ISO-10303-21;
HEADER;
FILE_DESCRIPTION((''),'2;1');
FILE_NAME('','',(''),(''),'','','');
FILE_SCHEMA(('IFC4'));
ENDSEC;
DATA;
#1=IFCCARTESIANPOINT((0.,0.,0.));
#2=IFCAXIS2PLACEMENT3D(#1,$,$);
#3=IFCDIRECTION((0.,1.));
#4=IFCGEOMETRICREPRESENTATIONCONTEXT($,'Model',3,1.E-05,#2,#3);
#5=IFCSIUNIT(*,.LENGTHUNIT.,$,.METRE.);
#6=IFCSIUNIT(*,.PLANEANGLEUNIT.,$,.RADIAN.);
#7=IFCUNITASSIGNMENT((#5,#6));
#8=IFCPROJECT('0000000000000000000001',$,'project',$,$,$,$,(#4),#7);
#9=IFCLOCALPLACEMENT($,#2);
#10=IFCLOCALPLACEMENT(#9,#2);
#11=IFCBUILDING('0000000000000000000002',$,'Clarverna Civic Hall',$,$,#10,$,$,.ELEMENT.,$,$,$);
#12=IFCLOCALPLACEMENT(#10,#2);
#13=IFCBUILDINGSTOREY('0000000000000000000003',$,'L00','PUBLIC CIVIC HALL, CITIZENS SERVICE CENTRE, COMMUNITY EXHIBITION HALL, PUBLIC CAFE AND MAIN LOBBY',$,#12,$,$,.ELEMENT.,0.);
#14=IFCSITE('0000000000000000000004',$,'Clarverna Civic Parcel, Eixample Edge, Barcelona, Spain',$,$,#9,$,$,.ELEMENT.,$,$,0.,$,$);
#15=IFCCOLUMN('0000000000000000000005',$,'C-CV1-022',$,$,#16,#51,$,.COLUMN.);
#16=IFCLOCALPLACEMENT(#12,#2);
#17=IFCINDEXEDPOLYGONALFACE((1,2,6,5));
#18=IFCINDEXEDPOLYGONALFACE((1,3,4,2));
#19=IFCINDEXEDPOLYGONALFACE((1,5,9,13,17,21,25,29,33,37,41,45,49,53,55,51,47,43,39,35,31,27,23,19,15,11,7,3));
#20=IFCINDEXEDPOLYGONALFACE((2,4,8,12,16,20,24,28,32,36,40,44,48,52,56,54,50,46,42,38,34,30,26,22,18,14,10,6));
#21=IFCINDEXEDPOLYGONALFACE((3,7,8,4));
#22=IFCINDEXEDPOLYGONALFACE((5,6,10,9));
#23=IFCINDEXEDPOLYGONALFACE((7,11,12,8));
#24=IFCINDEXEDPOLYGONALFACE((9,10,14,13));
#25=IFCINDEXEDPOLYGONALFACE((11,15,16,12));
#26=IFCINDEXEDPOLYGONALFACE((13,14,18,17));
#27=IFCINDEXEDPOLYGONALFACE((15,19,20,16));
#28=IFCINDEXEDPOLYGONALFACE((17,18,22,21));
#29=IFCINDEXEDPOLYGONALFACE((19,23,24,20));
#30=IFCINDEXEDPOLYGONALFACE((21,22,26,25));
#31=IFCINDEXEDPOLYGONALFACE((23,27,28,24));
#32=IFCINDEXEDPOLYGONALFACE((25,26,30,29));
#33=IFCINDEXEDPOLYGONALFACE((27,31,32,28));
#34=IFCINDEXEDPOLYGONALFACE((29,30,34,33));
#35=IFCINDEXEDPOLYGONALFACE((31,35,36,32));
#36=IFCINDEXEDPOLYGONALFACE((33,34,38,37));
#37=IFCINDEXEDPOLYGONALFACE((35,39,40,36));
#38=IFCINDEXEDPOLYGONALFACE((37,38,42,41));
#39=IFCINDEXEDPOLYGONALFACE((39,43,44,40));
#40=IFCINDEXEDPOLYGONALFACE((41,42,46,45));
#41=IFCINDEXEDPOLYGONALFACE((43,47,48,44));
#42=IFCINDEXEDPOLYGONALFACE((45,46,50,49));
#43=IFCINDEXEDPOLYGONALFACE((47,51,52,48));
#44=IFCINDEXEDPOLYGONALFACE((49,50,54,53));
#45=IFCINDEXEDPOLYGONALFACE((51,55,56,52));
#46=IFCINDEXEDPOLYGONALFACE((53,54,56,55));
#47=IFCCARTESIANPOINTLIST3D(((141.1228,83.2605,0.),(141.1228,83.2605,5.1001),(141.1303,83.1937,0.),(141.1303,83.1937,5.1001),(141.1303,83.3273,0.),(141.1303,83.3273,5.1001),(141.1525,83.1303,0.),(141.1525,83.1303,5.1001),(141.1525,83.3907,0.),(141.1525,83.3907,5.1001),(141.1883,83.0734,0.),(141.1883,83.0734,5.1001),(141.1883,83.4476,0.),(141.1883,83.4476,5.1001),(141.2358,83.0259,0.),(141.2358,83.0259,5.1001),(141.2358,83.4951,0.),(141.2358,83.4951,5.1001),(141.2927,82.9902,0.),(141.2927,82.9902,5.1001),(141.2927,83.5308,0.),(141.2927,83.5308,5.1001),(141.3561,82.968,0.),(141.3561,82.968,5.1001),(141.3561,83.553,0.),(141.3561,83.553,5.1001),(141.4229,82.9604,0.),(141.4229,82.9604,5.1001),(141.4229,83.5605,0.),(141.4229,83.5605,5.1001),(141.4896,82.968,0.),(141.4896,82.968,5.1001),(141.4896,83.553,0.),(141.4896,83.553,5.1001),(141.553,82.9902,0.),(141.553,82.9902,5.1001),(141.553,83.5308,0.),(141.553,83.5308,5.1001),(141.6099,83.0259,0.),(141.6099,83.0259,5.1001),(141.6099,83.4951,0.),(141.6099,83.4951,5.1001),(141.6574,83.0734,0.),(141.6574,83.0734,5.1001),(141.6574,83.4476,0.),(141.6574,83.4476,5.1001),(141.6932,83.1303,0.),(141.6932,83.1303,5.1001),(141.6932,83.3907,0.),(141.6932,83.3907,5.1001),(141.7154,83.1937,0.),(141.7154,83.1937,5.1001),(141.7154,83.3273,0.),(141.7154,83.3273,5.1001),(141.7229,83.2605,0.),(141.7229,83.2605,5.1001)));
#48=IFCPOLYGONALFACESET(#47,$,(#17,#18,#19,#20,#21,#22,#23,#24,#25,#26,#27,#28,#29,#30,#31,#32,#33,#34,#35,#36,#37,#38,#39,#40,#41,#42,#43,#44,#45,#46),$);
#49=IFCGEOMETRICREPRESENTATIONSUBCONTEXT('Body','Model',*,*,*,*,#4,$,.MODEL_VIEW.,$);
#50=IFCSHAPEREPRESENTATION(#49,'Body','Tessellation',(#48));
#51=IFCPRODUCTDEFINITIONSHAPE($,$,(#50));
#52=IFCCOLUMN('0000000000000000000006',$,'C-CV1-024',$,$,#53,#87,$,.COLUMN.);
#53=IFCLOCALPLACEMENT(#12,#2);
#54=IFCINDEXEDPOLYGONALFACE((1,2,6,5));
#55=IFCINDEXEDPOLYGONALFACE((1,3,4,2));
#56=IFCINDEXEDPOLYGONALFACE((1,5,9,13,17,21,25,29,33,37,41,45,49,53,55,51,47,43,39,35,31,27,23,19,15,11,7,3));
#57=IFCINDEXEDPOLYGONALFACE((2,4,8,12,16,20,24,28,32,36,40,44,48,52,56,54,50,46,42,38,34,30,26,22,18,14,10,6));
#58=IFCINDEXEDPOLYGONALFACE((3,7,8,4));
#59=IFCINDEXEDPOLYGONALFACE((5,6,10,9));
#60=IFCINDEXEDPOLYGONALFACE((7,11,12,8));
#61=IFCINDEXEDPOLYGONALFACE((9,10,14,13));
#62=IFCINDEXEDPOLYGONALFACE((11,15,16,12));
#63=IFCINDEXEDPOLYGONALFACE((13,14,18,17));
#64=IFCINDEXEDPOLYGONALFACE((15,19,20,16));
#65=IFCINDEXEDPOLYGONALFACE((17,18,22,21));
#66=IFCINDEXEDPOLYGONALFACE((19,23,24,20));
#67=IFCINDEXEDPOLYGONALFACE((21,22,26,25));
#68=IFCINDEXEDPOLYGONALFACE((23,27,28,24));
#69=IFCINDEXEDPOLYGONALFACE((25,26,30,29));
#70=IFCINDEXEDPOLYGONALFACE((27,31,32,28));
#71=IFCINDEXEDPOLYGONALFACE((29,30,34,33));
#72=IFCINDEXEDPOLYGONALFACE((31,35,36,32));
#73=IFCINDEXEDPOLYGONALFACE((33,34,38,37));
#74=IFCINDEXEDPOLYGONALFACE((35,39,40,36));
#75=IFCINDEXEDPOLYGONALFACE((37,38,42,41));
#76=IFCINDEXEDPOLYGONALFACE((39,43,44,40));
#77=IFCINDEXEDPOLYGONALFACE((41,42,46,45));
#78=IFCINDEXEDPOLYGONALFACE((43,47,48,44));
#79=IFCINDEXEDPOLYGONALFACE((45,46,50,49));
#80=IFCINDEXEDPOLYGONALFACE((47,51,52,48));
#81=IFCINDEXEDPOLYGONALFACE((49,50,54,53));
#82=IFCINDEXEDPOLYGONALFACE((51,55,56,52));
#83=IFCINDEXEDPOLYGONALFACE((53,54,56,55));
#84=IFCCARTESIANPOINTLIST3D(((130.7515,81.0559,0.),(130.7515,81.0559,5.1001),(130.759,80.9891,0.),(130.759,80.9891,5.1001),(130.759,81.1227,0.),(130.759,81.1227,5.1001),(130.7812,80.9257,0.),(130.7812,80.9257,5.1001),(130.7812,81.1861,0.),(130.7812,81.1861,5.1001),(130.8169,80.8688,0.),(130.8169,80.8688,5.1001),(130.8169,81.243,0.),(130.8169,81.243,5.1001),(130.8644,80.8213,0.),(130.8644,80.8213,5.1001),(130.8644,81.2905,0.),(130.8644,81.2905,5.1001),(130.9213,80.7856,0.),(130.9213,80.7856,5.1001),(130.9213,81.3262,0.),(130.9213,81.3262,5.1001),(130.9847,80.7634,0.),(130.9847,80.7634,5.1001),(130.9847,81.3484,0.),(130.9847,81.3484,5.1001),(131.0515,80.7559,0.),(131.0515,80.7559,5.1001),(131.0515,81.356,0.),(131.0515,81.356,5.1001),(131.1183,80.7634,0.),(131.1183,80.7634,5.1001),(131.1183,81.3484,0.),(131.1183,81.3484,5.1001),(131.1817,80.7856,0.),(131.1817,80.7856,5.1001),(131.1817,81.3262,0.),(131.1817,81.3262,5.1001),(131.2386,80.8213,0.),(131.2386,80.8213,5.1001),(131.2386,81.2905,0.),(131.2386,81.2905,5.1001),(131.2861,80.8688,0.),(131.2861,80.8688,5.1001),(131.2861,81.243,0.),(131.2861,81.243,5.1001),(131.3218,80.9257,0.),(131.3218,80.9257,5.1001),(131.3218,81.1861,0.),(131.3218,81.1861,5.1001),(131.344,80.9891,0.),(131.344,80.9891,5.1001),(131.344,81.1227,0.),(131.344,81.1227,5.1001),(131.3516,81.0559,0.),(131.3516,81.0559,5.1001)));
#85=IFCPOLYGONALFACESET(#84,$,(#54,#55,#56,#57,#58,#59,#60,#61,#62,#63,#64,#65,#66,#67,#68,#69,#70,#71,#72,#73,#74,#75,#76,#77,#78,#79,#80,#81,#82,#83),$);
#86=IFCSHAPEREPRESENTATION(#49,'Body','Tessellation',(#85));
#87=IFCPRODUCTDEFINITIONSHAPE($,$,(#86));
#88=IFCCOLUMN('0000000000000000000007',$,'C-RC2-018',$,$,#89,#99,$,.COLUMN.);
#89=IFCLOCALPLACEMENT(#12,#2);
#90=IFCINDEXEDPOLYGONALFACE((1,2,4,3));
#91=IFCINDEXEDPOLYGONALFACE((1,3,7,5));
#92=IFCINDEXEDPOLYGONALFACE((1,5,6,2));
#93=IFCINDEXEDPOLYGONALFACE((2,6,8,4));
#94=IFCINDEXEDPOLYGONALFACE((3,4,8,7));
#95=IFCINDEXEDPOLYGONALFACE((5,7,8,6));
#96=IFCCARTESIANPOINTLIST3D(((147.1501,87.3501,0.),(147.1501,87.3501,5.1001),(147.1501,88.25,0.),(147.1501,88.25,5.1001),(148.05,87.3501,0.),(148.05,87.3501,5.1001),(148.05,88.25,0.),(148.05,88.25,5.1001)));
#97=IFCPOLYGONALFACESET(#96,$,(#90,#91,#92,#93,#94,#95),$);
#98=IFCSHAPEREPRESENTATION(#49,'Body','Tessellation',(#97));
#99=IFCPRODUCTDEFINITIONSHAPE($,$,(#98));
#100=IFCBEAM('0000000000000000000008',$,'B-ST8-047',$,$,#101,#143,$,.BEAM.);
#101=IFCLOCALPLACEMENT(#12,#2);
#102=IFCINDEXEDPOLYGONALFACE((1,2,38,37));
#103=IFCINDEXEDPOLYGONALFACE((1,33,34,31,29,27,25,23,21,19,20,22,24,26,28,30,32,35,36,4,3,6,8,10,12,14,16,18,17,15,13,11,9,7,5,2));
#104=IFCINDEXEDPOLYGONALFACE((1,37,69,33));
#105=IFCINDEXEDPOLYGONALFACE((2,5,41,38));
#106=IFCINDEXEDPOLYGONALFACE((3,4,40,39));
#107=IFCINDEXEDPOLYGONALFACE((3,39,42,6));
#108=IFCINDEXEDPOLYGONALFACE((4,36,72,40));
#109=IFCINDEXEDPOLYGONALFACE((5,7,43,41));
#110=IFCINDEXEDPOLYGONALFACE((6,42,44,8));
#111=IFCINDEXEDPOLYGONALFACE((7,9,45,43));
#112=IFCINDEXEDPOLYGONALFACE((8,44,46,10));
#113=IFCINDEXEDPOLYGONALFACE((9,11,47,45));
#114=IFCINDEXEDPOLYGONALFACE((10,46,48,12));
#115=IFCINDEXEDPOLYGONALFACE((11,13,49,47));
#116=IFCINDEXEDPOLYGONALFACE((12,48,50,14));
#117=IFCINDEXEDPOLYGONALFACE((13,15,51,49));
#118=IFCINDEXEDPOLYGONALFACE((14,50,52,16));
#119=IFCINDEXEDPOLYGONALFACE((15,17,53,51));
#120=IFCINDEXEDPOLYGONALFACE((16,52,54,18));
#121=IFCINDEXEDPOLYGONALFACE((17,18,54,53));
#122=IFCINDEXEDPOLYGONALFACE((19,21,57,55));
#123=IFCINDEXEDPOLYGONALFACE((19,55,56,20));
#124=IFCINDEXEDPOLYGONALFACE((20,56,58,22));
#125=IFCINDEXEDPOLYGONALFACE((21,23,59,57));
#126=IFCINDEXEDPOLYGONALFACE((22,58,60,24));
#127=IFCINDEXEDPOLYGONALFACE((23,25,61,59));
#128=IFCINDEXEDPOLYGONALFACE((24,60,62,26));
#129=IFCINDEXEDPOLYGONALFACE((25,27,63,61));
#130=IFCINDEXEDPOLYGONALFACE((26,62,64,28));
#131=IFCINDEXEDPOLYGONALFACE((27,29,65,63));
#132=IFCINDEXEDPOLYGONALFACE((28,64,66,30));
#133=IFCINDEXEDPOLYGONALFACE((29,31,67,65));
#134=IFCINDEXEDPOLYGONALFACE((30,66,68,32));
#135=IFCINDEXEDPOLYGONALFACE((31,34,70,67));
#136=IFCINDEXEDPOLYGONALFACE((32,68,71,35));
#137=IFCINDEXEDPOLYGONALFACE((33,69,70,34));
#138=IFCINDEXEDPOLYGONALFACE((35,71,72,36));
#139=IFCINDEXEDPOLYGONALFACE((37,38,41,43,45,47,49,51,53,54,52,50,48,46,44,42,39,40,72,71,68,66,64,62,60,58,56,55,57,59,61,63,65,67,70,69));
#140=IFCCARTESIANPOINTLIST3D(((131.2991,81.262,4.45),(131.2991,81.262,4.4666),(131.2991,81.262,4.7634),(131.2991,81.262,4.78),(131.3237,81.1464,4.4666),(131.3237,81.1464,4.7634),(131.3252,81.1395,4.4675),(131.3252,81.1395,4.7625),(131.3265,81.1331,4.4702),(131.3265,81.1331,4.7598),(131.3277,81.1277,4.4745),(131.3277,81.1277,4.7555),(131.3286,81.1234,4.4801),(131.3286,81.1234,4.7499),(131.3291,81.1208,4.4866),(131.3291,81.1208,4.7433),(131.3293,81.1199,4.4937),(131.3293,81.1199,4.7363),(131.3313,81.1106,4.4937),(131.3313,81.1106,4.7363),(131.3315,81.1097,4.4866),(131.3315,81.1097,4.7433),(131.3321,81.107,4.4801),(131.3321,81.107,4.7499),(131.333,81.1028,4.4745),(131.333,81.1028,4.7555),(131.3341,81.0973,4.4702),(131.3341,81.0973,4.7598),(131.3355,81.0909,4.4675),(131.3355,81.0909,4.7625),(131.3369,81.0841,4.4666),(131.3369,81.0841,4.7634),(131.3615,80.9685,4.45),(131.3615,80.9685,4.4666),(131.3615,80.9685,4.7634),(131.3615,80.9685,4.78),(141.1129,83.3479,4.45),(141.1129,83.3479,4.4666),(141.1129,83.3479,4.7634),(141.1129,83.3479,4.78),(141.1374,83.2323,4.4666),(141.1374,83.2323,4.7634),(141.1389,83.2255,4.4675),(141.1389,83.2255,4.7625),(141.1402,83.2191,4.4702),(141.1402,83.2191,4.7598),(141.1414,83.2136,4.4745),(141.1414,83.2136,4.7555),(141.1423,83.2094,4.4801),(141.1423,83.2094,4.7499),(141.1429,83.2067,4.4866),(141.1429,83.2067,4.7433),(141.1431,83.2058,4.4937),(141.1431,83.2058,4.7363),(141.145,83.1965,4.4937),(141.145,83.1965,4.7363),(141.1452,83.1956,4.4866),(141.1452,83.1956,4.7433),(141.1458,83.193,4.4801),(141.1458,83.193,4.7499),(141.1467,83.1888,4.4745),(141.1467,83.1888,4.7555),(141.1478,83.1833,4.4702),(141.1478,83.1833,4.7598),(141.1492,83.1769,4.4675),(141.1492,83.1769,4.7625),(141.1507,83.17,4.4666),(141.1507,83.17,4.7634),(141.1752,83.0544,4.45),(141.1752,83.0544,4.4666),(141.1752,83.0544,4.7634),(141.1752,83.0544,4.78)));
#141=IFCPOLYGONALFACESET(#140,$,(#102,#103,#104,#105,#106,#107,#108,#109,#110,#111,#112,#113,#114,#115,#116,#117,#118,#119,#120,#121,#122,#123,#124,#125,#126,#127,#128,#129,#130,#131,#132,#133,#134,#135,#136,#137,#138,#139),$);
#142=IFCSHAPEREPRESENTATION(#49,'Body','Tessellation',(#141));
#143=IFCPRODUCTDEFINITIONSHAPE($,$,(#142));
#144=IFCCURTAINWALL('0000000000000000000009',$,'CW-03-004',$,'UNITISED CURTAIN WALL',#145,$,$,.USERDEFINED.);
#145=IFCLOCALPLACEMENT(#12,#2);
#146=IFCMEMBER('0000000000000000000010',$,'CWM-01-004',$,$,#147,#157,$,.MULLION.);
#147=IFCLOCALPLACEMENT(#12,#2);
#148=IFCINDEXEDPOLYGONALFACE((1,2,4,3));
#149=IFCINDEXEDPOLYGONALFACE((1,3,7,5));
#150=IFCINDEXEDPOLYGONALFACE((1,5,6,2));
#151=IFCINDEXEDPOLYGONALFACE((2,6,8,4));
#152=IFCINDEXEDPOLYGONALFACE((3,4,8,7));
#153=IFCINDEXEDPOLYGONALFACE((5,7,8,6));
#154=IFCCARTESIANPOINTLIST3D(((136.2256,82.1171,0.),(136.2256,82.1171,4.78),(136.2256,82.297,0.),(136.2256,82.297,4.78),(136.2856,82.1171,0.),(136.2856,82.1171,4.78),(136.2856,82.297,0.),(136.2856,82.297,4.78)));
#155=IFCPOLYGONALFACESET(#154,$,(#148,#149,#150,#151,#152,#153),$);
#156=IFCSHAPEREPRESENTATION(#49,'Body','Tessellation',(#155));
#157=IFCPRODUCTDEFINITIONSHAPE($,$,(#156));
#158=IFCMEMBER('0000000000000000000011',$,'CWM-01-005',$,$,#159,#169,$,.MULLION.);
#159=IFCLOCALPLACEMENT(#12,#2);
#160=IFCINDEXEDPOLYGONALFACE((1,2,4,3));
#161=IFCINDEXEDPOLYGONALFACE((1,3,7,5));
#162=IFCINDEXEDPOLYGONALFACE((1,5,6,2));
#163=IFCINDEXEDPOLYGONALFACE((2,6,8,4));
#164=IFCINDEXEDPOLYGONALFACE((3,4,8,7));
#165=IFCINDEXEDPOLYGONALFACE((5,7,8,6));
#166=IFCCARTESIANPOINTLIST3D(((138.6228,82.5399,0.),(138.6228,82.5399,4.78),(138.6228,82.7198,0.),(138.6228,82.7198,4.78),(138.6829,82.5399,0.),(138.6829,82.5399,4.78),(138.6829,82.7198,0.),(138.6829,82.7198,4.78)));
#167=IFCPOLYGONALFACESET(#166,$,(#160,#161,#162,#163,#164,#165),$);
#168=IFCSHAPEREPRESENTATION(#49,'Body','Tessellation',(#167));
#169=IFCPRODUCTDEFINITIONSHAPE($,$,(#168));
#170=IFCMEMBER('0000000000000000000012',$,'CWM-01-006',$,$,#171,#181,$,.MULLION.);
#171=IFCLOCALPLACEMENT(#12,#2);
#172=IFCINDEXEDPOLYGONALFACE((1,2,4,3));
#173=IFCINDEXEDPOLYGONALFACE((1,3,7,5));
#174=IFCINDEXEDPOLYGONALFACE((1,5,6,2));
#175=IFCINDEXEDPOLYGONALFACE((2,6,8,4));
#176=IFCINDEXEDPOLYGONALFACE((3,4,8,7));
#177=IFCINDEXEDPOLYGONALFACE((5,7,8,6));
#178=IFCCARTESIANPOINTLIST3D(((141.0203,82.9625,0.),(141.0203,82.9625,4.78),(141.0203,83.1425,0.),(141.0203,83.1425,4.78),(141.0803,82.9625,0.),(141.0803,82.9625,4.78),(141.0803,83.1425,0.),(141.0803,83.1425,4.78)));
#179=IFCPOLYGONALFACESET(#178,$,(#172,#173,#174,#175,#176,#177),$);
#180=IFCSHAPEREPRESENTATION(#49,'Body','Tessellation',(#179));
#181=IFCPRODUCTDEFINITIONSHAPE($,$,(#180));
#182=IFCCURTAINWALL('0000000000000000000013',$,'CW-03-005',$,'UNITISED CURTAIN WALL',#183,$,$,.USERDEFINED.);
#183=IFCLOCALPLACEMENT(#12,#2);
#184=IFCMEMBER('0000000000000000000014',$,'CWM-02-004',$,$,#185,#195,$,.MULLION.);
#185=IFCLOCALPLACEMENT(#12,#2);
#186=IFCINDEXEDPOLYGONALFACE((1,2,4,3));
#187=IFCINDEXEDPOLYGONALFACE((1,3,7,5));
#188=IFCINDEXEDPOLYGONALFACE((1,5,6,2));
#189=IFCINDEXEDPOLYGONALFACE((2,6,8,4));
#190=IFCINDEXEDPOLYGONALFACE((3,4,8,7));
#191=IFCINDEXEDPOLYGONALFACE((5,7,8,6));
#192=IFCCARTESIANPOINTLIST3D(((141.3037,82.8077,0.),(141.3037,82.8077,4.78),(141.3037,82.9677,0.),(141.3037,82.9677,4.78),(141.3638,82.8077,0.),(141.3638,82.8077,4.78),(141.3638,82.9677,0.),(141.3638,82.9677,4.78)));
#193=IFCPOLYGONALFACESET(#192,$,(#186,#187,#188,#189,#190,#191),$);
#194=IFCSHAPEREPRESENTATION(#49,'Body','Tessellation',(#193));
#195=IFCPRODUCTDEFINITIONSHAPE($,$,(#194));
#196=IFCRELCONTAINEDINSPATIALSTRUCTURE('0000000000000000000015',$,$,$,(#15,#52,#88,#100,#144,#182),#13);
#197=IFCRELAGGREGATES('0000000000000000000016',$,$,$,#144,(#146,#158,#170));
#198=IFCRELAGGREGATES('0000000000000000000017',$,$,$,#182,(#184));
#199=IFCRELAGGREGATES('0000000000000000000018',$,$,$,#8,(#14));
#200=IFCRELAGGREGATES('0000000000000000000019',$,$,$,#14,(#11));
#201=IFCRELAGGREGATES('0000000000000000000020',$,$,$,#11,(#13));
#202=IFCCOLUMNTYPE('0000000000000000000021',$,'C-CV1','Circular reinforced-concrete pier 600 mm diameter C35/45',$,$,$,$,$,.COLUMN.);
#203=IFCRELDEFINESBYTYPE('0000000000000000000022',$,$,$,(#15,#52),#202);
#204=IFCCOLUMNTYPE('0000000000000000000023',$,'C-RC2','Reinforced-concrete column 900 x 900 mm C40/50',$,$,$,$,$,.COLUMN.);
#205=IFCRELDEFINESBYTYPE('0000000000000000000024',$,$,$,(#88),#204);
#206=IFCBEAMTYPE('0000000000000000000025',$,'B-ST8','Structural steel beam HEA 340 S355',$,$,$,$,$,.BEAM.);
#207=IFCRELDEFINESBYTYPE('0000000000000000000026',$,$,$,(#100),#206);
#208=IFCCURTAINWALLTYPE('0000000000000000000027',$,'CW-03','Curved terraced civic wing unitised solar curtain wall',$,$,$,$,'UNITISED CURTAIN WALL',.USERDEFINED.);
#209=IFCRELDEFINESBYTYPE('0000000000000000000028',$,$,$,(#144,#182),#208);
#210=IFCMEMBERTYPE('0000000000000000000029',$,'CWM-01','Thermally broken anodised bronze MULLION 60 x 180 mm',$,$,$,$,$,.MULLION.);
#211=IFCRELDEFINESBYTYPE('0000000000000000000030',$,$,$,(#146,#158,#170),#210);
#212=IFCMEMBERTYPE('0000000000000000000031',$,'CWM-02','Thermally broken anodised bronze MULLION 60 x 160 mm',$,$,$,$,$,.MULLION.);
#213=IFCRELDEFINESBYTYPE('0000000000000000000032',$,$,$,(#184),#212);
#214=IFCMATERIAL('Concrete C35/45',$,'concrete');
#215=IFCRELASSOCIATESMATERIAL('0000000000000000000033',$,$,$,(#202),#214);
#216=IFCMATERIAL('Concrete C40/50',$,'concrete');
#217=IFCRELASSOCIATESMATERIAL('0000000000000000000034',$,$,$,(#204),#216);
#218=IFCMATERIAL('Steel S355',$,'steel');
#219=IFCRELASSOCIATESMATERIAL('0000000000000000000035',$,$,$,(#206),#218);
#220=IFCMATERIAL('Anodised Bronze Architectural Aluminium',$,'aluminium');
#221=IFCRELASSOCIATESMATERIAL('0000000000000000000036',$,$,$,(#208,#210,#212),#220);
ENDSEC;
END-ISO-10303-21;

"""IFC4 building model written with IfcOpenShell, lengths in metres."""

from ifc_helpers import new_model, si_unit, direction, frame, origin, origin_2d, place, context, subcontext, project, spatial, rectangle, circle, i_section, extrude, material, material_profile, profile_set, type_object, element, aggregate, save


model = new_model("IFC4")

# Units and contexts
model_context = context("Model", 3, precision=1e-05, world=origin(), true_north=direction((0.0, 1.0)))
body_context = subcontext(model_context, "Body", "Model", "MODEL_VIEW")
ifc_project = project(units=[si_unit("LENGTHUNIT", "METRE"), si_unit("PLANEANGLEUNIT", "RADIAN")], contexts=[model_context])

# Site, building, storey
site_placement = place(None, origin())
site = spatial("IfcSite", under=ifc_project, at=site_placement, Name="Clarverna Civic Parcel, Eixample Edge, Barcelona, Spain", CompositionType="ELEMENT", RefElevation=0.0)
building_placement = place(site_placement, origin())
building = spatial("IfcBuilding", under=site, at=building_placement, Name="Clarverna Civic Hall", CompositionType="ELEMENT")
storey_placement = place(building_placement, origin())
storey = spatial("IfcBuildingStorey", under=building, at=storey_placement, Name="L00", Description="PUBLIC CIVIC HALL, CITIZENS SERVICE CENTRE, COMMUNITY EXHIBITION HALL, PUBLIC CAFE AND MAIN LOBBY", CompositionType="ELEMENT", Elevation=0.0)

# Columns
ifc_material_1 = material(Name="Concrete C35/45", Category="concrete")
ifc_material_profile_1 = material_profile(ifc_material_1, circle(Radius=0.3, at=origin_2d()), Name="RC D600")
ifc_profile_set_1 = profile_set([ifc_material_profile_1], Name="Concrete C35/45")
column_type_1 = type_object("IfcColumnType", Name="C-CV1", Description="Circular reinforced-concrete pier 600 mm diameter C35/45", PredefinedType="COLUMN", material=ifc_profile_set_1)
for number, where, z_axis, x_axis, name in (
    (1, (141.4229, 83.2605, 0.0), (0.0, 0.0, 1.0), (1.0, 0.0, 0.0), "C-CV1-022"),
    (2, (131.0515, 81.0559, 0.0), (0.0, 0.0, 1.0), (1.0, 0.0, 0.0), "C-CV1-024"),
):
    element("IfcColumn", number, at=place(storey_placement, frame(where, z_axis=z_axis, x_axis=x_axis)), inside=storey, type_object=column_type_1, Name=name, PredefinedType="COLUMN", context=body_context, shape_type="SweptSolid", body=[
        extrude(circle(Radius=0.3, at=origin_2d()), origin(), (0.0, 0.0, 1.0), 5.1001),
    ])
ifc_material_2 = material(Name="Concrete C40/50", Category="concrete")
ifc_material_profile_2 = material_profile(ifc_material_2, rectangle(XDim=0.8999, YDim=0.8999, at=origin_2d()), Name="RC 900x900")
ifc_profile_set_2 = profile_set([ifc_material_profile_2], Name="Concrete C40/50")
column_type_2 = type_object("IfcColumnType", Name="C-RC2", Description="Reinforced-concrete column 900 x 900 mm C40/50", PredefinedType="COLUMN", material=ifc_profile_set_2)
column_placement = place(storey_placement, frame((147.6001, 87.8, 0.0), z_axis=(0.0, 0.0, 1.0), x_axis=(1.0, 0.0, 0.0)))
element("IfcColumn", 3, at=column_placement, inside=storey, type_object=column_type_2, Name="C-RC2-018", PredefinedType="COLUMN", context=body_context, shape_type="SweptSolid", body=[
    extrude(rectangle(XDim=0.8999, YDim=0.8999, at=origin_2d()), origin(), (0.0, 0.0, 1.0), 5.1001),
])

# Beam
ifc_material_3 = material(Name="Steel S355", Category="steel")
ifc_material_profile_3 = material_profile(ifc_material_3, i_section(OverallWidth=0.3, OverallDepth=0.3301, WebThickness=0.0095, FlangeThickness=0.0166, FilletRadius=0.0271, at=origin_2d()), Name="HEA 340")
ifc_profile_set_3 = profile_set([ifc_material_profile_3], Name="Steel S355")
beam_type = type_object("IfcBeamType", Name="B-ST8", Description="Structural steel beam HEA 340 S355", PredefinedType="BEAM", material=ifc_profile_set_3)
beam_placement = place(storey_placement, frame((141.144, 83.2012, 4.615), z_axis=(-0.978148, -0.207909, 0.0), x_axis=(0.207909, -0.978148, 0.0)))
element("IfcBeam", 4, at=beam_placement, inside=storey, type_object=beam_type, Name="B-ST8-047", PredefinedType="BEAM", context=body_context, shape_type="SweptSolid", body=[
    extrude(i_section(OverallWidth=0.3, OverallDepth=0.3301, WebThickness=0.0095, FlangeThickness=0.0166, FilletRadius=0.0271, at=origin_2d()), origin(), (0.0, 0.0, 1.0), 10.033),
])

# Curtain walls, members
ifc_material_4 = material(Name="Anodised Bronze Architectural Aluminium", Category="aluminium")
curtain_wall_type = type_object("IfcCurtainWallType", Name="CW-03", Description="Curved terraced civic wing unitised solar curtain wall", ElementType="UNITISED CURTAIN WALL", PredefinedType="USERDEFINED", material=ifc_material_4)
curtain_wall_1_placement = place(storey_placement, origin())
curtain_wall_1 = element("IfcCurtainWall", 5, at=curtain_wall_1_placement, inside=storey, type_object=curtain_wall_type, Name="CW-03-004", ObjectType="UNITISED CURTAIN WALL", PredefinedType="USERDEFINED")
ifc_material_profile_4 = material_profile(ifc_material_4, rectangle(XDim=0.0601, YDim=0.1799, at=origin_2d()), Name="BRONZE 60x180")
ifc_profile_set_4 = profile_set([ifc_material_profile_4], Name="Anodised Bronze Architectural Aluminium")
member_type_1 = type_object("IfcMemberType", Name="CWM-01", Description="Thermally broken anodised bronze MULLION 60 x 180 mm", PredefinedType="MULLION", material=ifc_profile_set_4)
member_1_placement = place(storey_placement, frame((136.2556, 82.207, 0.0), z_axis=(0.0, 0.0, 1.0), x_axis=(1.0, 0.0, 0.0)))
member_1 = element("IfcMember", 6, at=member_1_placement, type_object=member_type_1, Name="CWM-01-004", PredefinedType="MULLION", context=body_context, shape_type="SweptSolid", body=[
    extrude(rectangle(XDim=0.0601, YDim=0.1799, at=origin_2d()), origin(), (0.0, 0.0, 1.0), 4.78),
])
member_2_placement = place(storey_placement, frame((138.6528, 82.6299, 0.0), z_axis=(0.0, 0.0, 1.0), x_axis=(1.0, 0.0, 0.0)))
member_2 = element("IfcMember", 7, at=member_2_placement, type_object=member_type_1, Name="CWM-01-005", PredefinedType="MULLION", context=body_context, shape_type="SweptSolid", body=[
    extrude(rectangle(XDim=0.0601, YDim=0.1799, at=origin_2d()), origin(), (0.0, 0.0, 1.0), 4.78),
])
member_3_placement = place(storey_placement, frame((141.0503, 83.0525, 0.0), z_axis=(0.0, 0.0, 1.0), x_axis=(1.0, 0.0, 0.0)))
member_3 = element("IfcMember", 8, at=member_3_placement, type_object=member_type_1, Name="CWM-01-006", PredefinedType="MULLION", context=body_context, shape_type="SweptSolid", body=[
    extrude(rectangle(XDim=0.0601, YDim=0.1799, at=origin_2d()), origin(), (0.0, 0.0, 1.0), 4.78),
])
curtain_wall_2_placement = place(storey_placement, origin())
curtain_wall_2 = element("IfcCurtainWall", 9, at=curtain_wall_2_placement, inside=storey, type_object=curtain_wall_type, Name="CW-03-005", ObjectType="UNITISED CURTAIN WALL", PredefinedType="USERDEFINED")
ifc_material_profile_5 = material_profile(ifc_material_4, rectangle(XDim=0.0601, YDim=0.1599, at=origin_2d()), Name="BRONZE 60x160")
ifc_profile_set_5 = profile_set([ifc_material_profile_5], Name="Anodised Bronze Architectural Aluminium")
member_type_2 = type_object("IfcMemberType", Name="CWM-02", Description="Thermally broken anodised bronze MULLION 60 x 160 mm", PredefinedType="MULLION", material=ifc_profile_set_5)
member_4_placement = place(storey_placement, frame((141.3337, 82.8877, 0.0), z_axis=(0.0, 0.0, 1.0), x_axis=(1.0, 0.0, 0.0)))
member_4 = element("IfcMember", 10, at=member_4_placement, type_object=member_type_2, Name="CWM-02-004", PredefinedType="MULLION", context=body_context, shape_type="SweptSolid", body=[
    extrude(rectangle(XDim=0.0601, YDim=0.1599, at=origin_2d()), origin(), (0.0, 0.0, 1.0), 4.78),
])

aggregate(curtain_wall_1, [member_1, member_2, member_3])
aggregate(curtain_wall_2, [member_4])

save(model, "model.ifc")
